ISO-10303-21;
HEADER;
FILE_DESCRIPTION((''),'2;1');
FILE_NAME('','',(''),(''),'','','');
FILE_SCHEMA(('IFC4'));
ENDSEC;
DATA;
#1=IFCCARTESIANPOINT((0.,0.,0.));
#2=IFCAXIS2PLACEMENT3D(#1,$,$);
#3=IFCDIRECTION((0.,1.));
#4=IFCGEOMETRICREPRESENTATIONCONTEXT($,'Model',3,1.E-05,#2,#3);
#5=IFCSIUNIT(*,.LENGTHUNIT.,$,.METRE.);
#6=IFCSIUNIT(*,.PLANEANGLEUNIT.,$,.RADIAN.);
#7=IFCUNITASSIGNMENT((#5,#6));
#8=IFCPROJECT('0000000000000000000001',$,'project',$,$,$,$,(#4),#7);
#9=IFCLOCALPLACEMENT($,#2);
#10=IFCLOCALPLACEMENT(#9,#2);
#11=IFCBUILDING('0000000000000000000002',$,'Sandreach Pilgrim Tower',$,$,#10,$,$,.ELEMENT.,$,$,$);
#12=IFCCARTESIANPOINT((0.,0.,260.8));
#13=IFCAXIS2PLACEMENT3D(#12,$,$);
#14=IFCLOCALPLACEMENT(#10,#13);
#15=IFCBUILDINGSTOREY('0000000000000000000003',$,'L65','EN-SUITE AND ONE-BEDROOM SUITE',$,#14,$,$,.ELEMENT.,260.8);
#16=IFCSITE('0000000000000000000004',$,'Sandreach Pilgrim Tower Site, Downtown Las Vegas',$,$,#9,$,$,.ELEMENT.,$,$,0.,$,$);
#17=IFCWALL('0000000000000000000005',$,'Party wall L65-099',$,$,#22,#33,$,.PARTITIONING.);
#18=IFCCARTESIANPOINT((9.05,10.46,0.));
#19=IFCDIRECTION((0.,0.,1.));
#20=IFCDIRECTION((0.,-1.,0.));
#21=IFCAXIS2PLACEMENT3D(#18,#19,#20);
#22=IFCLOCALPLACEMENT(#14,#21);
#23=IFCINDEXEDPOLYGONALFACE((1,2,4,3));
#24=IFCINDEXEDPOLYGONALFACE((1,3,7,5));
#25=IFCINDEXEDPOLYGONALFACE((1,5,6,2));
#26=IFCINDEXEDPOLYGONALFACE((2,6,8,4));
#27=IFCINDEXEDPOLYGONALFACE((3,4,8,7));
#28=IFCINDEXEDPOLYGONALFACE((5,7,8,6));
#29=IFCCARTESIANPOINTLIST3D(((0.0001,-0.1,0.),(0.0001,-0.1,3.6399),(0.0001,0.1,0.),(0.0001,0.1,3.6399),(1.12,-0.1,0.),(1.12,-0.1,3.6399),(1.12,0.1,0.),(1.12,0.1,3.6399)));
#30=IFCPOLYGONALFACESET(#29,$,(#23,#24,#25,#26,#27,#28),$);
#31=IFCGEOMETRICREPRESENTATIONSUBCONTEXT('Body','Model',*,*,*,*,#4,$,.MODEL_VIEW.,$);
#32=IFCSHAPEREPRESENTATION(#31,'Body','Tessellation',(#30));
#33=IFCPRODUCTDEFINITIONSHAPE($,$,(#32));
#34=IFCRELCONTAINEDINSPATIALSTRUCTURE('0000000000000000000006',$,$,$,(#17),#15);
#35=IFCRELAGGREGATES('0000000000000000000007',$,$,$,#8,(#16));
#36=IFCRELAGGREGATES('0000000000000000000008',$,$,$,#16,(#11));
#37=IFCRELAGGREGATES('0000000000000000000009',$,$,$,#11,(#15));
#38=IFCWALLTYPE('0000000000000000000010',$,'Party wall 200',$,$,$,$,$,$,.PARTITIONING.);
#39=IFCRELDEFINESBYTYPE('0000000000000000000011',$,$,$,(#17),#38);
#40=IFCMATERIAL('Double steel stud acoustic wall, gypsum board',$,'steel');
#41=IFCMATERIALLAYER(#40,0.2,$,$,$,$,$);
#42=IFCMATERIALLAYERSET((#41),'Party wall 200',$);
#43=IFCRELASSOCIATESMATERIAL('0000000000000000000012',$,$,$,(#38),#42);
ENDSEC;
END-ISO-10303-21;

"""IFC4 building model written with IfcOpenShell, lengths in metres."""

from ifc_helpers import new_model, si_unit, direction, frame, frame_2d, origin, place, context, subcontext, project, spatial, rectangle, extrude, material, layer, layer_set, type_object, element, save


model = new_model("IFC4")

# Units and contexts
model_context = context("Model", 3, precision=1e-05, world=origin(), true_north=direction((0.0, 1.0)))
body_context = subcontext(model_context, "Body", "Model", "MODEL_VIEW")
ifc_project = project(units=[si_unit("LENGTHUNIT", "METRE"), si_unit("PLANEANGLEUNIT", "RADIAN")], contexts=[model_context])

# Site, building, storey
site_placement = place(None, origin())
site = spatial("IfcSite", under=ifc_project, at=site_placement, Name="Sandreach Pilgrim Tower Site, Downtown Las Vegas", CompositionType="ELEMENT", RefElevation=0.0)
building_placement = place(site_placement, origin())
building = spatial("IfcBuilding", under=site, at=building_placement, Name="Sandreach Pilgrim Tower", CompositionType="ELEMENT")
storey_placement = place(building_placement, frame((0.0, 0.0, 260.8)))
storey = spatial("IfcBuildingStorey", under=building, at=storey_placement, Name="L65", Description="EN-SUITE AND ONE-BEDROOM SUITE", CompositionType="ELEMENT", Elevation=260.8)

# Wall
ifc_material_1 = material(Name="Double steel stud acoustic wall, gypsum board", Category="steel")
ifc_layer_1 = layer(ifc_material_1, 0.2)
ifc_layer_set_1 = layer_set([ifc_layer_1], Name="Party wall 200")
wall_type_1 = type_object("IfcWallType", Name="Party wall 200", PredefinedType="PARTITIONING", material=ifc_layer_set_1)
wall_1_placement = place(storey_placement, frame((9.05, 10.46, 0.0), z_axis=(0.0, 0.0, 1.0), x_axis=(0.0, -1.0, 0.0)))
element("IfcWall", 1, at=wall_1_placement, inside=storey, type_object=wall_type_1, Name="Party wall L65-099", PredefinedType="PARTITIONING", context=body_context, shape_type="SweptSolid", body=[
    extrude(rectangle(XDim=1.1199, YDim=0.2, at=frame_2d((0.5601, 0.0))), origin(), (0.0, 0.0, 1.0), 3.6399),
])

save(model, "model.ifc")
